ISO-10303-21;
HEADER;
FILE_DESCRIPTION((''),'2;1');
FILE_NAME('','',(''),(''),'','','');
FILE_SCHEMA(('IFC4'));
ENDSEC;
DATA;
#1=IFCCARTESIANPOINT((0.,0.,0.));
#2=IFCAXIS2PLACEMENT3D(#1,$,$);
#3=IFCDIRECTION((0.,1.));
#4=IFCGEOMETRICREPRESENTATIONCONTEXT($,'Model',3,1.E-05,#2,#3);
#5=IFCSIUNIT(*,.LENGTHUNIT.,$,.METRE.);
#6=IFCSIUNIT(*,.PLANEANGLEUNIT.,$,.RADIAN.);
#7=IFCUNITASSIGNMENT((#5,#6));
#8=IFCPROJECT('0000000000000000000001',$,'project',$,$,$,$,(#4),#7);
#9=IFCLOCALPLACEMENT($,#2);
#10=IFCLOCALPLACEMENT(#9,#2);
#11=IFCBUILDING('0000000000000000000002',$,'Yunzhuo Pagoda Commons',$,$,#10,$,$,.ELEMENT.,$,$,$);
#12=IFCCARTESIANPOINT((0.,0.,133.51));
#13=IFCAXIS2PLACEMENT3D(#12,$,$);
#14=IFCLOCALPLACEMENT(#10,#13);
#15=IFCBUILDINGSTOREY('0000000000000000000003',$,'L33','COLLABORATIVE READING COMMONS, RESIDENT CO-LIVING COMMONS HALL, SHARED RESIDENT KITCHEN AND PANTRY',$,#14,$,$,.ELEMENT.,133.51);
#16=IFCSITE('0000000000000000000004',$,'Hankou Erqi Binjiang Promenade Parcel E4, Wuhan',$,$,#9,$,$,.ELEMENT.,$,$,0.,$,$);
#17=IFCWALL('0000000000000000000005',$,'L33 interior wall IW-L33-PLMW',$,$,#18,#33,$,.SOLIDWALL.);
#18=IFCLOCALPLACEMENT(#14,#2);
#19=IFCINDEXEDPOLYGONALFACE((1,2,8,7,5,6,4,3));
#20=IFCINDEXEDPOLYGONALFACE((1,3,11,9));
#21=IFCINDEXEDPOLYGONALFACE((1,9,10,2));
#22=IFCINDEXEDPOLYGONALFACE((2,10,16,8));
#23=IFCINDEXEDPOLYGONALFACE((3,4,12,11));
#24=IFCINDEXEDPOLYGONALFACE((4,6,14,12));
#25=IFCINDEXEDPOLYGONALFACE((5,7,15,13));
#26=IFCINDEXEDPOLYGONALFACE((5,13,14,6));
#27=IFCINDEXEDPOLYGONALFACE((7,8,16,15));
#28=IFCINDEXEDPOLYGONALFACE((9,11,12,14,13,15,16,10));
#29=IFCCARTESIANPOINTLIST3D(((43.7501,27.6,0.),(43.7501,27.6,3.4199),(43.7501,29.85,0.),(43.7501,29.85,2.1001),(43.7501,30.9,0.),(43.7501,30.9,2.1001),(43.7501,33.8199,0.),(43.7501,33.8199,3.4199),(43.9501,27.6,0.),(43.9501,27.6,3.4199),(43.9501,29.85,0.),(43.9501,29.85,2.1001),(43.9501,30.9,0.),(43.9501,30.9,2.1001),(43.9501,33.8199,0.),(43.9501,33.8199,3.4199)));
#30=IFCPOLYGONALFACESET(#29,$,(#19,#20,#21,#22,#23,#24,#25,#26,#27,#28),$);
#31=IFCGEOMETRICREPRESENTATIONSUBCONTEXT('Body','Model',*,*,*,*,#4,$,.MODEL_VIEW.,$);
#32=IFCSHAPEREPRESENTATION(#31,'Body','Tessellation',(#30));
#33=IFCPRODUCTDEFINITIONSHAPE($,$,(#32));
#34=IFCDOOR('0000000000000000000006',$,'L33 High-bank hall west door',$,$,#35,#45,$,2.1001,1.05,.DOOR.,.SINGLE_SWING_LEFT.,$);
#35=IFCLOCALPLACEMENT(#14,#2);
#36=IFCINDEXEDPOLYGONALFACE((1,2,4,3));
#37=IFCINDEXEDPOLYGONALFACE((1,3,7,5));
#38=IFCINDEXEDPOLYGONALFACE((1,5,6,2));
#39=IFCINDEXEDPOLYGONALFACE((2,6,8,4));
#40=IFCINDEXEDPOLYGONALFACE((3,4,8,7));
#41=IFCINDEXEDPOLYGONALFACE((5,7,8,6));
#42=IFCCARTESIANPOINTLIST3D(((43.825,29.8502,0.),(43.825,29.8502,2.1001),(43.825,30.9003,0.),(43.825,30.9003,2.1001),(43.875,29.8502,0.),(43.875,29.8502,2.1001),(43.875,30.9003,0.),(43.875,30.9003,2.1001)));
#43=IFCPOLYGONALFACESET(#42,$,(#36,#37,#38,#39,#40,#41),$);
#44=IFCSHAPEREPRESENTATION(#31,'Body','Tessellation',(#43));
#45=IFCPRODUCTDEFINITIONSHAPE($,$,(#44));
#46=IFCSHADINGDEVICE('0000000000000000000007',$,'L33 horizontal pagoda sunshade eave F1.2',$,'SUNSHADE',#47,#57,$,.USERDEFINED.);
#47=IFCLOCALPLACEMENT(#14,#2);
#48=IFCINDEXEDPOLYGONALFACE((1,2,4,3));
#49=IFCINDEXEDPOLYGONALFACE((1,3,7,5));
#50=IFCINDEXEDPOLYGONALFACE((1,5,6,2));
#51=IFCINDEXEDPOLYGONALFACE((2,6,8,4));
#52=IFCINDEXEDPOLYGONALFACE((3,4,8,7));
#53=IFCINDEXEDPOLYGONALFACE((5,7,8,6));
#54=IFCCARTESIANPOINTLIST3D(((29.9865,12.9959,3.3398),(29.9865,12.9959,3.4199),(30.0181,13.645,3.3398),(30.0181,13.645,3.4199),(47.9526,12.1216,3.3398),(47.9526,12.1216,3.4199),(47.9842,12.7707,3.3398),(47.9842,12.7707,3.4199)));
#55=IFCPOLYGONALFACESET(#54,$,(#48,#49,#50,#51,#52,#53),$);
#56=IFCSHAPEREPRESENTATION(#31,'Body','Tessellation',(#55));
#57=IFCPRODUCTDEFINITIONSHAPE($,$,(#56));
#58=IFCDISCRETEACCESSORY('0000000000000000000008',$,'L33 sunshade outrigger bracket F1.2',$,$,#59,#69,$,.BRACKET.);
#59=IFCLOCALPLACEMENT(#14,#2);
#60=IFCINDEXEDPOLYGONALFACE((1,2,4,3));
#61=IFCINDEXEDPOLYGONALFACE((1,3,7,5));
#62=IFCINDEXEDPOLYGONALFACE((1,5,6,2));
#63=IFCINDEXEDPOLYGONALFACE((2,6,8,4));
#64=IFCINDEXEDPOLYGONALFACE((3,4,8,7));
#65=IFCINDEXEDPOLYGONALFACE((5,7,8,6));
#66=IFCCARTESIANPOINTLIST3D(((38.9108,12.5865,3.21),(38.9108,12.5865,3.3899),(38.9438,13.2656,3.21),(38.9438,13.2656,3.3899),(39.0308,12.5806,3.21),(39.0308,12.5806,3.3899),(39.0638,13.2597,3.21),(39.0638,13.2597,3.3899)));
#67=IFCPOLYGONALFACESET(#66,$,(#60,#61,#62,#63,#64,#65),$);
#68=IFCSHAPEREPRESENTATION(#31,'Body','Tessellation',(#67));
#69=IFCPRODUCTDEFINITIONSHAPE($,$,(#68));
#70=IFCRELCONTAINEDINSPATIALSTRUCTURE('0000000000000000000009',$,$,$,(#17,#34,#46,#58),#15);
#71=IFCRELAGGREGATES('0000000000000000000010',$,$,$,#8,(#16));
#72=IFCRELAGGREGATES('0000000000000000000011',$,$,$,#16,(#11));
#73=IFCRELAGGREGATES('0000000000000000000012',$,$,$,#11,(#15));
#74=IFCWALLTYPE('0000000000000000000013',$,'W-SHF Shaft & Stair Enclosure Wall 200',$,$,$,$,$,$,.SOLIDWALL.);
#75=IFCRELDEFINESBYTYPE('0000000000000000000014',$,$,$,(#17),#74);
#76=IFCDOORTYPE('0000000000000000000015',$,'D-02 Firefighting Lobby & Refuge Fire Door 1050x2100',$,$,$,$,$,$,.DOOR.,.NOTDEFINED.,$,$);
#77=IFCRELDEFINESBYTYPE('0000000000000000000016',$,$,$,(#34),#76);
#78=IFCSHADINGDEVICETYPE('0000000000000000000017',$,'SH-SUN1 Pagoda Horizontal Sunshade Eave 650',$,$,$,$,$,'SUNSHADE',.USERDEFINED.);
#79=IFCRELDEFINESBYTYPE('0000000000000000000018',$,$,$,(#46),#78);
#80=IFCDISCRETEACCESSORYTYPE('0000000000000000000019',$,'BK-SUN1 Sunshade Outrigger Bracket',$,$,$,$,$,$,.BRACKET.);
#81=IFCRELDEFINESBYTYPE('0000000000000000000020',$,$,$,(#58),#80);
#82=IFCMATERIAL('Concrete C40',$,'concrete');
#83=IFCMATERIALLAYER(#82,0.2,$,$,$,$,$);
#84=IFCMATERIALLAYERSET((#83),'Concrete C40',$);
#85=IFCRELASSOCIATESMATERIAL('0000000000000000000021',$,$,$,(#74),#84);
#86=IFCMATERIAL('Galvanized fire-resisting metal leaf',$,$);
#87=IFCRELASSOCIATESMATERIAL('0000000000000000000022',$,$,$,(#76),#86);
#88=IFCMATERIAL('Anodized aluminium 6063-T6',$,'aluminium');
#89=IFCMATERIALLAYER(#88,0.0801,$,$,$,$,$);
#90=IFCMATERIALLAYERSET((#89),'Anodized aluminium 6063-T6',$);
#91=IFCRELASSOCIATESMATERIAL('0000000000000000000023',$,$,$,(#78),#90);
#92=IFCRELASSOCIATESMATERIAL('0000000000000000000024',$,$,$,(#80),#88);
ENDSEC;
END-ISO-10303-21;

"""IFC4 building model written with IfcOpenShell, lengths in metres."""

from ifc_helpers import new_model, si_unit, direction, frame, frame_2d, origin, origin_2d, place, context, subcontext, project, spatial, rectangle, extrude, source, transform, mapped, material, layer, layer_set, type_object, element, fill, save


model = new_model("IFC4")

# Units and contexts
model_context = context("Model", 3, precision=1e-05, world=origin(), true_north=direction((0.0, 1.0)))
body_context = subcontext(model_context, "Body", "Model", "MODEL_VIEW")
ifc_project = project(units=[si_unit("LENGTHUNIT", "METRE"), si_unit("PLANEANGLEUNIT", "RADIAN")], contexts=[model_context])

# Site, building, storey
site_placement = place(None, origin())
site = spatial("IfcSite", under=ifc_project, at=site_placement, Name="Hankou Erqi Binjiang Promenade Parcel E4, Wuhan", CompositionType="ELEMENT", RefElevation=0.0)
building_placement = place(site_placement, origin())
building = spatial("IfcBuilding", under=site, at=building_placement, Name="Yunzhuo Pagoda Commons", CompositionType="ELEMENT")
storey_placement = place(building_placement, frame((0.0, 0.0, 133.51)))
storey = spatial("IfcBuildingStorey", under=building, at=storey_placement, Name="L33", Description="COLLABORATIVE READING COMMONS, RESIDENT CO-LIVING COMMONS HALL, SHARED RESIDENT KITCHEN AND PANTRY", CompositionType="ELEMENT", Elevation=133.51)

# Shared definitions
ifc_material_1 = material(Name="Anodized aluminium 6063-T6", Category="aluminium")

# Shared definitions
ifc_material_2 = material(Name="Galvanized fire-resisting metal leaf")

# Wall, opening, door
ifc_material_3 = material(Name="Concrete C40", Category="concrete")
ifc_layer_1 = layer(ifc_material_3, 0.2)
ifc_layer_set_1 = layer_set([ifc_layer_1], Name="Concrete C40")
wall_type_1 = type_object("IfcWallType", Name="W-SHF Shaft & Stair Enclosure Wall 200", PredefinedType="SOLIDWALL", material=ifc_layer_set_1)
wall_1_placement = place(storey_placement, frame((43.8501, 27.6001, 0.0), z_axis=(0.0, 0.0, 1.0), x_axis=(0.0, 1.0, 0.0)))
wall_1 = element("IfcWall", 1, at=wall_1_placement, inside=storey, type_object=wall_type_1, Name="L33 interior wall IW-L33-PLMW", PredefinedType="SOLIDWALL", context=body_context, shape_type="SweptSolid", body=[
    extrude(rectangle(XDim=6.22, YDim=0.2, at=frame_2d((3.1099, 0.0))), origin(), (0.0, 0.0, 1.0), 3.4199),
])
opening_1_placement = place(wall_1_placement, frame((2.25, 0.0, 0.0)))
opening_1 = element("IfcOpeningElement", 2, at=opening_1_placement, cuts=wall_1, PredefinedType="OPENING", context=body_context, shape_type="SweptSolid", body=[
    extrude(rectangle(XDim=1.05, YDim=2.1001, at=frame_2d((0.5249, 1.05))), frame((0.0, 0.1099, 0.0), z_axis=(0.0, -1.0, 0.0), x_axis=(1.0, 0.0, 0.0)), (0.0, 0.0, 1.0), 0.22),
])
door_type_1 = type_object("IfcDoorType", Name="D-02 Firefighting Lobby & Refuge Fire Door 1050x2100", OperationType="NOTDEFINED", PredefinedType="DOOR", material=ifc_material_2)
shared_shape_1 = source(origin(), body_context, "Body", "SweptSolid", [
    extrude(rectangle(XDim=1.05, YDim=2.1001, at=frame_2d((0.5249, 1.05))), frame((0.0, 0.0249, 0.0), z_axis=(0.0, -1.0, 0.0), x_axis=(1.0, 0.0, 0.0)), (0.0, 0.0, 1.0), 0.05),
])
door_1_placement = place(opening_1_placement, frame((1.05, 0.0, 0.0), z_axis=(0.0, 0.0, 1.0), x_axis=(-1.0, 0.0, 0.0)))
door_1 = element("IfcDoor", 3, at=door_1_placement, inside=storey, type_object=door_type_1, Name="L33 High-bank hall west door", OperationType="SINGLE_SWING_LEFT", OverallHeight=2.1001, OverallWidth=1.05, PredefinedType="DOOR", context=body_context, shape_type="MappedRepresentation", body=[
    mapped(shared_shape_1, transform((0.0, 0.0, 0.0), scale=1.0)),
])
fill(opening_1, door_1)

# Shading device
ifc_layer_2 = layer(ifc_material_1, 0.0801)
ifc_layer_set_2 = layer_set([ifc_layer_2], Name="Anodized aluminium 6063-T6")
shading_device_type = type_object("IfcShadingDeviceType", Name="SH-SUN1 Pagoda Horizontal Sunshade Eave 650", ElementType="SUNSHADE", PredefinedType="USERDEFINED", material=ifc_layer_set_2)
shared_shape_2 = source(origin(), body_context, "Body", "SweptSolid", [
    extrude(rectangle(XDim=17.9873, YDim=0.6499, at=origin_2d()), origin(), (0.0, 0.0, 1.0), 0.0801),
])
shading_device_placement = place(storey_placement, frame((38.9854, 12.8833, 3.3398), z_axis=(0.0, 0.0, 1.0), x_axis=(0.998818, -0.048606, 0.0)))
element("IfcShadingDevice", 4, at=shading_device_placement, inside=storey, type_object=shading_device_type, Name="L33 horizontal pagoda sunshade eave F1.2", ObjectType="SUNSHADE", PredefinedType="USERDEFINED", context=body_context, shape_type="MappedRepresentation", body=[
    mapped(shared_shape_2, transform((0.0, 0.0, 0.0), scale=1.0)),
])

# Discrete accessory
discrete_accessory_type = type_object("IfcDiscreteAccessoryType", Name="BK-SUN1 Sunshade Outrigger Bracket", PredefinedType="BRACKET", material=ifc_material_1)
shared_shape_3 = source(origin(), body_context, "Body", "SweptSolid", [
    extrude(rectangle(XDim=0.1201, YDim=0.6799, at=origin_2d()), origin(), (0.0, 0.0, 1.0), 0.1799),
])
discrete_accessory_placement = place(storey_placement, frame((38.9873, 12.9231, 3.21), z_axis=(0.0, 0.0, 1.0), x_axis=(0.998818, -0.048606, 0.0)))
element("IfcDiscreteAccessory", 5, at=discrete_accessory_placement, inside=storey, type_object=discrete_accessory_type, Name="L33 sunshade outrigger bracket F1.2", PredefinedType="BRACKET", context=body_context, shape_type="MappedRepresentation", body=[
    mapped(shared_shape_3, transform((0.0, 0.0, 0.0), scale=1.0)),
])

save(model, "model.ifc")
